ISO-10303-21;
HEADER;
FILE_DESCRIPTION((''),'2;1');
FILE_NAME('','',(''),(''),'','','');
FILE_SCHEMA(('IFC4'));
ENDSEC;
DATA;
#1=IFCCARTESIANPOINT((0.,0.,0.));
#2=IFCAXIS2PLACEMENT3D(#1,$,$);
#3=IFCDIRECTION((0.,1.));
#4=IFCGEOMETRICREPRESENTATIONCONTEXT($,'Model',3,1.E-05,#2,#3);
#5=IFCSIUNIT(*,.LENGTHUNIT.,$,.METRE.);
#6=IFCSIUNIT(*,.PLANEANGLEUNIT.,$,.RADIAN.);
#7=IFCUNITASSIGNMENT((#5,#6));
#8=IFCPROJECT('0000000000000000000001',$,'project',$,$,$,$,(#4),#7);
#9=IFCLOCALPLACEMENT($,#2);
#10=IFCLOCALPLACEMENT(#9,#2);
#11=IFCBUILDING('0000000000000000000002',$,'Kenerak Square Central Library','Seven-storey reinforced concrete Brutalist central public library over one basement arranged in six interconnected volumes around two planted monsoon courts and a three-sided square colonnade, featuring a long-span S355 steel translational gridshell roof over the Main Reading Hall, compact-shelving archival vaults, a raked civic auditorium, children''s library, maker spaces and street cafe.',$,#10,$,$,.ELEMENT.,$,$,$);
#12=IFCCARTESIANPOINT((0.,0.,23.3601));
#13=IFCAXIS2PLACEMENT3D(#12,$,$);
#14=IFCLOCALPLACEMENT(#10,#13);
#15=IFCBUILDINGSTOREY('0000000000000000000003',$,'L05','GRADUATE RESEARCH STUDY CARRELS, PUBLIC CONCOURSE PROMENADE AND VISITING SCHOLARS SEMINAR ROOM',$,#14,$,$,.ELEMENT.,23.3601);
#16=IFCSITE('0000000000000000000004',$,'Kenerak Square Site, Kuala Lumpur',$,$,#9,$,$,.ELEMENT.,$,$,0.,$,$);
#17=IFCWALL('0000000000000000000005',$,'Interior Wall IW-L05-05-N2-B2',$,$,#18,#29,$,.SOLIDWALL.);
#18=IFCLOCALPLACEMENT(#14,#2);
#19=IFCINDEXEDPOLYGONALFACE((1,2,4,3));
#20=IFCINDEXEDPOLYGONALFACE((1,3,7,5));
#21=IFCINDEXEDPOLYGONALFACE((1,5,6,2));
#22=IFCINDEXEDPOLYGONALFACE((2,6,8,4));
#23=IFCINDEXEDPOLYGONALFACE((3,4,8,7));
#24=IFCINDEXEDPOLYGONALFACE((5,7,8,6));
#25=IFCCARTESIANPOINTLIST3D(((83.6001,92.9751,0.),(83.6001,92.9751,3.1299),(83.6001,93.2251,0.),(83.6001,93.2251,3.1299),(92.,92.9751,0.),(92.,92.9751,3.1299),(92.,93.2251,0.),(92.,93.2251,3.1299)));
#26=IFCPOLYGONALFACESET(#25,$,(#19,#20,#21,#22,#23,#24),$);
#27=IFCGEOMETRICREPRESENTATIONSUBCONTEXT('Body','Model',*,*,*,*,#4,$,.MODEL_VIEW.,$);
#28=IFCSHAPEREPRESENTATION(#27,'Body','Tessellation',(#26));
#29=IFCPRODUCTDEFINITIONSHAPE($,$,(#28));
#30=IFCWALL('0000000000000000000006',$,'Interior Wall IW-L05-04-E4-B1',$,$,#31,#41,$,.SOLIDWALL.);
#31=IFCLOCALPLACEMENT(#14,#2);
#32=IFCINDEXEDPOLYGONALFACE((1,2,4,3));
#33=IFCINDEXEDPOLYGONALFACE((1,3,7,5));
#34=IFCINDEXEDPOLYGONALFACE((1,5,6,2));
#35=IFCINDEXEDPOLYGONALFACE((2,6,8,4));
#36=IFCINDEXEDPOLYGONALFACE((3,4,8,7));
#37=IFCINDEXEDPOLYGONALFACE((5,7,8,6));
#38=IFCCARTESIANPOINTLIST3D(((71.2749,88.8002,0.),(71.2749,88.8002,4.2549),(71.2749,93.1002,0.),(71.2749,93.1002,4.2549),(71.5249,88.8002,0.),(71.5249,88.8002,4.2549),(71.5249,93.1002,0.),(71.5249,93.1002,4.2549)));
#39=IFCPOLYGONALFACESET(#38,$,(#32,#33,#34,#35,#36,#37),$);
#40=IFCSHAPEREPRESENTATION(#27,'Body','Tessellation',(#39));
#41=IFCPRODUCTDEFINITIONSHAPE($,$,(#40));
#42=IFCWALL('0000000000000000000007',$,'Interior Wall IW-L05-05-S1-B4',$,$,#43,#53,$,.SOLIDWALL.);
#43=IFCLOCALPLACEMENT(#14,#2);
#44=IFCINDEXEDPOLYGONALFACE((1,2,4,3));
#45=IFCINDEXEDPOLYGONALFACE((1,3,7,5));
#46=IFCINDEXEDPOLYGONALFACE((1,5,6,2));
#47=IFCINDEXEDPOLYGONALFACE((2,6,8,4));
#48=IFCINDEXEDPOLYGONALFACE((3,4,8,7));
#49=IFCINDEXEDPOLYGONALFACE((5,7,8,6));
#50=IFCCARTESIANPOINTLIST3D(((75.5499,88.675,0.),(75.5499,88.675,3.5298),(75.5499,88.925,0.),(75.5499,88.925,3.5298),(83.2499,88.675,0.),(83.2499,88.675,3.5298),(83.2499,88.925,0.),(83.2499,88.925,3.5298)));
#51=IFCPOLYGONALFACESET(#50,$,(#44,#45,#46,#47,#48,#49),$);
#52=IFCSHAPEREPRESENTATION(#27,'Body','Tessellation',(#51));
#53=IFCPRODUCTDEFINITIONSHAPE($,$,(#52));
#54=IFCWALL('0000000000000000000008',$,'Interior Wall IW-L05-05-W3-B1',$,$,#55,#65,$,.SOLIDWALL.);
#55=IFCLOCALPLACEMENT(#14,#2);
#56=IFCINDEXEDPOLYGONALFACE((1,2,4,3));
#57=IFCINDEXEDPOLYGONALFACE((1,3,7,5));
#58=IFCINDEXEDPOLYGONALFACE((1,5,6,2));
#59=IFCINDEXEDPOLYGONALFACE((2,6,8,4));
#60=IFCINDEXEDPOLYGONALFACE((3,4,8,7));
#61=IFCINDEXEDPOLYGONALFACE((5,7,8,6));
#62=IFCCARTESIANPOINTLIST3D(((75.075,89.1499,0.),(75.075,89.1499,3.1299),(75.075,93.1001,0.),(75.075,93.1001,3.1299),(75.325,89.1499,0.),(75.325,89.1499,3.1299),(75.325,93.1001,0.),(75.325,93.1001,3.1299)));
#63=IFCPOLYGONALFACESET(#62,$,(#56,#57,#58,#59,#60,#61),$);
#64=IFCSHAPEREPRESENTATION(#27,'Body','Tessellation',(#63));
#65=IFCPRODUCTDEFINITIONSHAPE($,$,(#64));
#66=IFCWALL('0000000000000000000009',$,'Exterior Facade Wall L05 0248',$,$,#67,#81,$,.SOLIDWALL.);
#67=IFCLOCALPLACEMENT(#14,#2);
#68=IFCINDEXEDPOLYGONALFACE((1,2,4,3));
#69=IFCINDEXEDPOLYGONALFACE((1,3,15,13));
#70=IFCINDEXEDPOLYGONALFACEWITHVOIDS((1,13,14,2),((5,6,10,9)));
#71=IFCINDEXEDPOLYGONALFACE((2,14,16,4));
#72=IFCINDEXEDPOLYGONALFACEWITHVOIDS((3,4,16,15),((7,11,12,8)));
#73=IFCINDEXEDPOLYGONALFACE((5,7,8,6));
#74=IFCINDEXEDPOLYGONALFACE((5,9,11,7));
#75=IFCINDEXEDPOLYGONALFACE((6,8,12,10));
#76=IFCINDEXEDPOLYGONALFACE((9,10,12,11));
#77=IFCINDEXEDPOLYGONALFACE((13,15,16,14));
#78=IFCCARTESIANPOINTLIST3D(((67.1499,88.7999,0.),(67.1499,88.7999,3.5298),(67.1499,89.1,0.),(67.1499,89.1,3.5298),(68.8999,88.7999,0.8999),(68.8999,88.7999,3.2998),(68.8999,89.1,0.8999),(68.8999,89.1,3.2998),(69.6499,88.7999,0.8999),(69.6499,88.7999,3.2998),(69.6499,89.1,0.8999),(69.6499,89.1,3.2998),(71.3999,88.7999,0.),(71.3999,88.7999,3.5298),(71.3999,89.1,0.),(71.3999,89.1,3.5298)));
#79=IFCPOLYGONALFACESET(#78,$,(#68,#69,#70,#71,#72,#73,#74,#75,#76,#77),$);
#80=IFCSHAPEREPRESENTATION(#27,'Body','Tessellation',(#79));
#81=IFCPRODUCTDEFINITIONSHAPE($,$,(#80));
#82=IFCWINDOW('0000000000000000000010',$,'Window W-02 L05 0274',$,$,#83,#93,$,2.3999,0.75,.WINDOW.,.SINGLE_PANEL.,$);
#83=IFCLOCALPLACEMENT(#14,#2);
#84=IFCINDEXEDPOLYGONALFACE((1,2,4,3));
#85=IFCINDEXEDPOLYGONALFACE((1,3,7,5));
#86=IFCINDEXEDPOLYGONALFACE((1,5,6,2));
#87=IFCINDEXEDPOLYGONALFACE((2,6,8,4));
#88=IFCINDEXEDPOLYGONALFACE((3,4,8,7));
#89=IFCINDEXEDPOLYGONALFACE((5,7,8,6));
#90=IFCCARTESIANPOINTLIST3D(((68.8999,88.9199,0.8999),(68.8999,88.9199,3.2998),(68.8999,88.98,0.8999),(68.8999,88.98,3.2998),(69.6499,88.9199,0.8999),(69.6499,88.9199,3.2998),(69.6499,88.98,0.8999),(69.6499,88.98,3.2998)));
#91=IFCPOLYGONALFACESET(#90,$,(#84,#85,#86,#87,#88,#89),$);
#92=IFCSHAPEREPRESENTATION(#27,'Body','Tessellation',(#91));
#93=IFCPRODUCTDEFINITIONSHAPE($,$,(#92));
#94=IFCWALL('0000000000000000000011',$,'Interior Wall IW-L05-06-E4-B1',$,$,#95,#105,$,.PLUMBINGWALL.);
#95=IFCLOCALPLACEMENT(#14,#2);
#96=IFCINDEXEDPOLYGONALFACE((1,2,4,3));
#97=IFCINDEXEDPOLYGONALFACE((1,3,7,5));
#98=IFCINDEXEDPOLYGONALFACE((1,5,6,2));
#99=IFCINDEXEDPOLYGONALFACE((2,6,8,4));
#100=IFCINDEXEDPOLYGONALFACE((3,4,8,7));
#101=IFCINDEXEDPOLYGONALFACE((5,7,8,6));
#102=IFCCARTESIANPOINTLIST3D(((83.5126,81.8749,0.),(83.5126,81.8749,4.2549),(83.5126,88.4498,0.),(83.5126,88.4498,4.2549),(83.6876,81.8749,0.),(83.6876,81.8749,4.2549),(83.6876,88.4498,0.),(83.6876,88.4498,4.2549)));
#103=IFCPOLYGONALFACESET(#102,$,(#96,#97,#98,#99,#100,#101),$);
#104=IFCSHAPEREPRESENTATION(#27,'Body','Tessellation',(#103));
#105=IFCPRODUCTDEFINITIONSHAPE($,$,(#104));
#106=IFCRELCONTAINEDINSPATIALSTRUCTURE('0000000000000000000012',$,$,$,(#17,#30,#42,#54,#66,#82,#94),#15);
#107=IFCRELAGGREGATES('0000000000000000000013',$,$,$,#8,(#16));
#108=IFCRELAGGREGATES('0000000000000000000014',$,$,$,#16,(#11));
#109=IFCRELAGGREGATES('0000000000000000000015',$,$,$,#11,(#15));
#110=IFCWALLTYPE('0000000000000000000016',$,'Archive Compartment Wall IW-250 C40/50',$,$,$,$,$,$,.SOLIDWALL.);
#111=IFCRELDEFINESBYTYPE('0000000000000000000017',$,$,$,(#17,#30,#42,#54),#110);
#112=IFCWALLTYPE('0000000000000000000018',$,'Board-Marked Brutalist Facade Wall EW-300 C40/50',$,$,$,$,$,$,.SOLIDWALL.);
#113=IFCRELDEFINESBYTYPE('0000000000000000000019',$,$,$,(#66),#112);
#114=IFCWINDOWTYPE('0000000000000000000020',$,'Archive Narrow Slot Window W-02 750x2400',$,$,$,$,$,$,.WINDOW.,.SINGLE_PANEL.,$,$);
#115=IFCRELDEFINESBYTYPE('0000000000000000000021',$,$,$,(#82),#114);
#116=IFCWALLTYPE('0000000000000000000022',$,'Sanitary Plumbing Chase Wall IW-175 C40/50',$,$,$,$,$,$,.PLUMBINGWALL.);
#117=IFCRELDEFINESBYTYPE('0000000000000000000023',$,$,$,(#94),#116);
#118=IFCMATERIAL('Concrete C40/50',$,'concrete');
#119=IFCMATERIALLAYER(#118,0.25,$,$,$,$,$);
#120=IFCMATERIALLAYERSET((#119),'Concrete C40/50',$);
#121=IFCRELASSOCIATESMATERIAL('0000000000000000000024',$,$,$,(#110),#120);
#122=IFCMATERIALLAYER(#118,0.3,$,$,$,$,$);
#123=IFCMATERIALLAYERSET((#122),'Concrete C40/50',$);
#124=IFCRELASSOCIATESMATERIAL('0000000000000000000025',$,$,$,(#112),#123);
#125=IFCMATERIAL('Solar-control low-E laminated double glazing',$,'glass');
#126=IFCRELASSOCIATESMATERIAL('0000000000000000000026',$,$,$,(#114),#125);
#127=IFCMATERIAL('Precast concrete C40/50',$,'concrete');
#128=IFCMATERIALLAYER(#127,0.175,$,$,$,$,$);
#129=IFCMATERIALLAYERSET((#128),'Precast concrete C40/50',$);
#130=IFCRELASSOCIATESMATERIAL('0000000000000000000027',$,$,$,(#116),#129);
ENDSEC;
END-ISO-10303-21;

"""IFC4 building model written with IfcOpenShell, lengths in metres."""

from ifc_helpers import new_model, si_unit, direction, frame, frame_2d, origin, place, context, subcontext, project, spatial, rectangle, extrude, material, layer, layer_set, type_object, element, fill, save


model = new_model("IFC4")

# Units and contexts
model_context = context("Model", 3, precision=1e-05, world=origin(), true_north=direction((0.0, 1.0)))
body_context = subcontext(model_context, "Body", "Model", "MODEL_VIEW")
ifc_project = project(units=[si_unit("LENGTHUNIT", "METRE"), si_unit("PLANEANGLEUNIT", "RADIAN")], contexts=[model_context])

# Site, building, storey
site_placement = place(None, origin())
site = spatial("IfcSite", under=ifc_project, at=site_placement, Name="Kenerak Square Site, Kuala Lumpur", CompositionType="ELEMENT", RefElevation=0.0)
building_placement = place(site_placement, origin())
building = spatial("IfcBuilding", under=site, at=building_placement, Name="Kenerak Square Central Library", Description="Seven-storey reinforced concrete Brutalist central public library over one basement arranged in six interconnected volumes around two planted monsoon courts and a three-sided square colonnade, featuring a long-span S355 steel translational gridshell roof over the Main Reading Hall, compact-shelving archival vaults, a raked civic auditorium, children's library, maker spaces and street cafe.", CompositionType="ELEMENT")
storey_placement = place(building_placement, frame((0.0, 0.0, 23.3601)))
storey = spatial("IfcBuildingStorey", under=building, at=storey_placement, Name="L05", Description="GRADUATE RESEARCH STUDY CARRELS, PUBLIC CONCOURSE PROMENADE AND VISITING SCHOLARS SEMINAR ROOM", CompositionType="ELEMENT", Elevation=23.3601)

# Shared definitions
ifc_material_1 = material(Name="Concrete C40/50", Category="concrete")

# Shared definitions
ifc_material_2 = material(Name="Solar-control low-E laminated double glazing", Category="glass")

# Walls
ifc_layer_1 = layer(ifc_material_1, 0.25)
ifc_layer_set_1 = layer_set([ifc_layer_1], Name="Concrete C40/50")
wall_type_1 = type_object("IfcWallType", Name="Archive Compartment Wall IW-250 C40/50", PredefinedType="SOLIDWALL", material=ifc_layer_set_1)
wall_1_placement = place(storey_placement, frame((83.6001, 93.1001, 0.0), z_axis=(0.0, 0.0, 1.0), x_axis=(1.0, 0.0, 0.0)))
element("IfcWall", 1, at=wall_1_placement, inside=storey, type_object=wall_type_1, Name="Interior Wall IW-L05-05-N2-B2", PredefinedType="SOLIDWALL", context=body_context, shape_type="SweptSolid", body=[
    extrude(rectangle(XDim=8.3999, YDim=0.25, at=frame_2d((4.2, 0.0))), origin(), (0.0, 0.0, 1.0), 3.1299),
])
wall_2_placement = place(storey_placement, frame((71.3999, 93.1001, 0.0), z_axis=(0.0, 0.0, 1.0), x_axis=(0.0, -1.0, 0.0)))
element("IfcWall", 2, at=wall_2_placement, inside=storey, type_object=wall_type_1, Name="Interior Wall IW-L05-04-E4-B1", PredefinedType="SOLIDWALL", context=body_context, shape_type="SweptSolid", body=[
    extrude(rectangle(XDim=4.3, YDim=0.25, at=frame_2d((2.1499, 0.0))), origin(), (0.0, 0.0, 1.0), 4.2549),
])
wall_3_placement = place(storey_placement, frame((83.25, 88.8, 0.0), z_axis=(0.0, 0.0, 1.0), x_axis=(-1.0, 0.0, 0.0)))
element("IfcWall", 3, at=wall_3_placement, inside=storey, type_object=wall_type_1, Name="Interior Wall IW-L05-05-S1-B4", PredefinedType="SOLIDWALL", context=body_context, shape_type="SweptSolid", body=[
    extrude(rectangle(XDim=7.7, YDim=0.25, at=frame_2d((3.8501, 0.0))), origin(), (0.0, 0.0, 1.0), 3.5298),
])
wall_4_placement = place(storey_placement, frame((75.2, 89.1499, 0.0), z_axis=(0.0, 0.0, 1.0), x_axis=(0.0, 1.0, 0.0)))
element("IfcWall", 4, at=wall_4_placement, inside=storey, type_object=wall_type_1, Name="Interior Wall IW-L05-05-W3-B1", PredefinedType="SOLIDWALL", context=body_context, shape_type="SweptSolid", body=[
    extrude(rectangle(XDim=3.9502, YDim=0.25, at=frame_2d((1.9751, 0.0))), origin(), (0.0, 0.0, 1.0), 3.1299),
])

# Wall, opening, window
ifc_layer_2 = layer(ifc_material_1, 0.3)
ifc_layer_set_2 = layer_set([ifc_layer_2], Name="Concrete C40/50")
wall_type_2 = type_object("IfcWallType", Name="Board-Marked Brutalist Facade Wall EW-300 C40/50", PredefinedType="SOLIDWALL", material=ifc_layer_set_2)
wall_5_placement = place(storey_placement, frame((71.3999, 88.95, 0.0), z_axis=(0.0, 0.0, 1.0), x_axis=(-1.0, 0.0, 0.0)))
wall_5 = element("IfcWall", 5, at=wall_5_placement, inside=storey, type_object=wall_type_2, Name="Exterior Facade Wall L05 0248", PredefinedType="SOLIDWALL", context=body_context, shape_type="SweptSolid", body=[
    extrude(rectangle(XDim=4.25, YDim=0.3, at=frame_2d((2.125, 0.0))), origin(), (0.0, 0.0, 1.0), 3.5298),
])
opening_placement = place(wall_5_placement, frame((1.75, 0.0, 0.8999)))
opening = element("IfcOpeningElement", 6, at=opening_placement, cuts=wall_5, PredefinedType="OPENING", context=body_context, shape_type="SweptSolid", body=[
    extrude(rectangle(XDim=0.75, YDim=2.3999, at=frame_2d((0.375, 1.2))), frame((0.0, 0.1599, 0.0), z_axis=(0.0, -1.0, 0.0), x_axis=(1.0, 0.0, 0.0)), (0.0, 0.0, 1.0), 0.3201),
])
window_type = type_object("IfcWindowType", Name="Archive Narrow Slot Window W-02 750x2400", PartitioningType="SINGLE_PANEL", PredefinedType="WINDOW", material=ifc_material_2)
window_placement = place(opening_placement, origin())
window = element("IfcWindow", 7, at=window_placement, inside=storey, type_object=window_type, Name="Window W-02 L05 0274", OverallHeight=2.3999, OverallWidth=0.75, PartitioningType="SINGLE_PANEL", PredefinedType="WINDOW", context=body_context, shape_type="SweptSolid", body=[
    extrude(rectangle(XDim=0.75, YDim=2.3999, at=frame_2d((0.375, 1.2))), frame((0.0, 0.03, 0.0), z_axis=(0.0, -1.0, 0.0), x_axis=(1.0, 0.0, 0.0)), (0.0, 0.0, 1.0), 0.0601),
])
fill(opening, window)

# Wall
ifc_material_3 = material(Name="Precast concrete C40/50", Category="concrete")
ifc_layer_3 = layer(ifc_material_3, 0.175)
ifc_layer_set_3 = layer_set([ifc_layer_3], Name="Precast concrete C40/50")
wall_type_3 = type_object("IfcWallType", Name="Sanitary Plumbing Chase Wall IW-175 C40/50", PredefinedType="PLUMBINGWALL", material=ifc_layer_set_3)
wall_6_placement = place(storey_placement, frame((83.6001, 88.45, 0.0), z_axis=(0.0, 0.0, 1.0), x_axis=(0.0, -1.0, 0.0)))
element("IfcWall", 8, at=wall_6_placement, inside=storey, type_object=wall_type_3, Name="Interior Wall IW-L05-06-E4-B1", PredefinedType="PLUMBINGWALL", context=body_context, shape_type="SweptSolid", body=[
    extrude(rectangle(XDim=6.575, YDim=0.175, at=frame_2d((3.2876, 0.0))), origin(), (0.0, 0.0, 1.0), 4.2549),
])

save(model, "model.ifc")
